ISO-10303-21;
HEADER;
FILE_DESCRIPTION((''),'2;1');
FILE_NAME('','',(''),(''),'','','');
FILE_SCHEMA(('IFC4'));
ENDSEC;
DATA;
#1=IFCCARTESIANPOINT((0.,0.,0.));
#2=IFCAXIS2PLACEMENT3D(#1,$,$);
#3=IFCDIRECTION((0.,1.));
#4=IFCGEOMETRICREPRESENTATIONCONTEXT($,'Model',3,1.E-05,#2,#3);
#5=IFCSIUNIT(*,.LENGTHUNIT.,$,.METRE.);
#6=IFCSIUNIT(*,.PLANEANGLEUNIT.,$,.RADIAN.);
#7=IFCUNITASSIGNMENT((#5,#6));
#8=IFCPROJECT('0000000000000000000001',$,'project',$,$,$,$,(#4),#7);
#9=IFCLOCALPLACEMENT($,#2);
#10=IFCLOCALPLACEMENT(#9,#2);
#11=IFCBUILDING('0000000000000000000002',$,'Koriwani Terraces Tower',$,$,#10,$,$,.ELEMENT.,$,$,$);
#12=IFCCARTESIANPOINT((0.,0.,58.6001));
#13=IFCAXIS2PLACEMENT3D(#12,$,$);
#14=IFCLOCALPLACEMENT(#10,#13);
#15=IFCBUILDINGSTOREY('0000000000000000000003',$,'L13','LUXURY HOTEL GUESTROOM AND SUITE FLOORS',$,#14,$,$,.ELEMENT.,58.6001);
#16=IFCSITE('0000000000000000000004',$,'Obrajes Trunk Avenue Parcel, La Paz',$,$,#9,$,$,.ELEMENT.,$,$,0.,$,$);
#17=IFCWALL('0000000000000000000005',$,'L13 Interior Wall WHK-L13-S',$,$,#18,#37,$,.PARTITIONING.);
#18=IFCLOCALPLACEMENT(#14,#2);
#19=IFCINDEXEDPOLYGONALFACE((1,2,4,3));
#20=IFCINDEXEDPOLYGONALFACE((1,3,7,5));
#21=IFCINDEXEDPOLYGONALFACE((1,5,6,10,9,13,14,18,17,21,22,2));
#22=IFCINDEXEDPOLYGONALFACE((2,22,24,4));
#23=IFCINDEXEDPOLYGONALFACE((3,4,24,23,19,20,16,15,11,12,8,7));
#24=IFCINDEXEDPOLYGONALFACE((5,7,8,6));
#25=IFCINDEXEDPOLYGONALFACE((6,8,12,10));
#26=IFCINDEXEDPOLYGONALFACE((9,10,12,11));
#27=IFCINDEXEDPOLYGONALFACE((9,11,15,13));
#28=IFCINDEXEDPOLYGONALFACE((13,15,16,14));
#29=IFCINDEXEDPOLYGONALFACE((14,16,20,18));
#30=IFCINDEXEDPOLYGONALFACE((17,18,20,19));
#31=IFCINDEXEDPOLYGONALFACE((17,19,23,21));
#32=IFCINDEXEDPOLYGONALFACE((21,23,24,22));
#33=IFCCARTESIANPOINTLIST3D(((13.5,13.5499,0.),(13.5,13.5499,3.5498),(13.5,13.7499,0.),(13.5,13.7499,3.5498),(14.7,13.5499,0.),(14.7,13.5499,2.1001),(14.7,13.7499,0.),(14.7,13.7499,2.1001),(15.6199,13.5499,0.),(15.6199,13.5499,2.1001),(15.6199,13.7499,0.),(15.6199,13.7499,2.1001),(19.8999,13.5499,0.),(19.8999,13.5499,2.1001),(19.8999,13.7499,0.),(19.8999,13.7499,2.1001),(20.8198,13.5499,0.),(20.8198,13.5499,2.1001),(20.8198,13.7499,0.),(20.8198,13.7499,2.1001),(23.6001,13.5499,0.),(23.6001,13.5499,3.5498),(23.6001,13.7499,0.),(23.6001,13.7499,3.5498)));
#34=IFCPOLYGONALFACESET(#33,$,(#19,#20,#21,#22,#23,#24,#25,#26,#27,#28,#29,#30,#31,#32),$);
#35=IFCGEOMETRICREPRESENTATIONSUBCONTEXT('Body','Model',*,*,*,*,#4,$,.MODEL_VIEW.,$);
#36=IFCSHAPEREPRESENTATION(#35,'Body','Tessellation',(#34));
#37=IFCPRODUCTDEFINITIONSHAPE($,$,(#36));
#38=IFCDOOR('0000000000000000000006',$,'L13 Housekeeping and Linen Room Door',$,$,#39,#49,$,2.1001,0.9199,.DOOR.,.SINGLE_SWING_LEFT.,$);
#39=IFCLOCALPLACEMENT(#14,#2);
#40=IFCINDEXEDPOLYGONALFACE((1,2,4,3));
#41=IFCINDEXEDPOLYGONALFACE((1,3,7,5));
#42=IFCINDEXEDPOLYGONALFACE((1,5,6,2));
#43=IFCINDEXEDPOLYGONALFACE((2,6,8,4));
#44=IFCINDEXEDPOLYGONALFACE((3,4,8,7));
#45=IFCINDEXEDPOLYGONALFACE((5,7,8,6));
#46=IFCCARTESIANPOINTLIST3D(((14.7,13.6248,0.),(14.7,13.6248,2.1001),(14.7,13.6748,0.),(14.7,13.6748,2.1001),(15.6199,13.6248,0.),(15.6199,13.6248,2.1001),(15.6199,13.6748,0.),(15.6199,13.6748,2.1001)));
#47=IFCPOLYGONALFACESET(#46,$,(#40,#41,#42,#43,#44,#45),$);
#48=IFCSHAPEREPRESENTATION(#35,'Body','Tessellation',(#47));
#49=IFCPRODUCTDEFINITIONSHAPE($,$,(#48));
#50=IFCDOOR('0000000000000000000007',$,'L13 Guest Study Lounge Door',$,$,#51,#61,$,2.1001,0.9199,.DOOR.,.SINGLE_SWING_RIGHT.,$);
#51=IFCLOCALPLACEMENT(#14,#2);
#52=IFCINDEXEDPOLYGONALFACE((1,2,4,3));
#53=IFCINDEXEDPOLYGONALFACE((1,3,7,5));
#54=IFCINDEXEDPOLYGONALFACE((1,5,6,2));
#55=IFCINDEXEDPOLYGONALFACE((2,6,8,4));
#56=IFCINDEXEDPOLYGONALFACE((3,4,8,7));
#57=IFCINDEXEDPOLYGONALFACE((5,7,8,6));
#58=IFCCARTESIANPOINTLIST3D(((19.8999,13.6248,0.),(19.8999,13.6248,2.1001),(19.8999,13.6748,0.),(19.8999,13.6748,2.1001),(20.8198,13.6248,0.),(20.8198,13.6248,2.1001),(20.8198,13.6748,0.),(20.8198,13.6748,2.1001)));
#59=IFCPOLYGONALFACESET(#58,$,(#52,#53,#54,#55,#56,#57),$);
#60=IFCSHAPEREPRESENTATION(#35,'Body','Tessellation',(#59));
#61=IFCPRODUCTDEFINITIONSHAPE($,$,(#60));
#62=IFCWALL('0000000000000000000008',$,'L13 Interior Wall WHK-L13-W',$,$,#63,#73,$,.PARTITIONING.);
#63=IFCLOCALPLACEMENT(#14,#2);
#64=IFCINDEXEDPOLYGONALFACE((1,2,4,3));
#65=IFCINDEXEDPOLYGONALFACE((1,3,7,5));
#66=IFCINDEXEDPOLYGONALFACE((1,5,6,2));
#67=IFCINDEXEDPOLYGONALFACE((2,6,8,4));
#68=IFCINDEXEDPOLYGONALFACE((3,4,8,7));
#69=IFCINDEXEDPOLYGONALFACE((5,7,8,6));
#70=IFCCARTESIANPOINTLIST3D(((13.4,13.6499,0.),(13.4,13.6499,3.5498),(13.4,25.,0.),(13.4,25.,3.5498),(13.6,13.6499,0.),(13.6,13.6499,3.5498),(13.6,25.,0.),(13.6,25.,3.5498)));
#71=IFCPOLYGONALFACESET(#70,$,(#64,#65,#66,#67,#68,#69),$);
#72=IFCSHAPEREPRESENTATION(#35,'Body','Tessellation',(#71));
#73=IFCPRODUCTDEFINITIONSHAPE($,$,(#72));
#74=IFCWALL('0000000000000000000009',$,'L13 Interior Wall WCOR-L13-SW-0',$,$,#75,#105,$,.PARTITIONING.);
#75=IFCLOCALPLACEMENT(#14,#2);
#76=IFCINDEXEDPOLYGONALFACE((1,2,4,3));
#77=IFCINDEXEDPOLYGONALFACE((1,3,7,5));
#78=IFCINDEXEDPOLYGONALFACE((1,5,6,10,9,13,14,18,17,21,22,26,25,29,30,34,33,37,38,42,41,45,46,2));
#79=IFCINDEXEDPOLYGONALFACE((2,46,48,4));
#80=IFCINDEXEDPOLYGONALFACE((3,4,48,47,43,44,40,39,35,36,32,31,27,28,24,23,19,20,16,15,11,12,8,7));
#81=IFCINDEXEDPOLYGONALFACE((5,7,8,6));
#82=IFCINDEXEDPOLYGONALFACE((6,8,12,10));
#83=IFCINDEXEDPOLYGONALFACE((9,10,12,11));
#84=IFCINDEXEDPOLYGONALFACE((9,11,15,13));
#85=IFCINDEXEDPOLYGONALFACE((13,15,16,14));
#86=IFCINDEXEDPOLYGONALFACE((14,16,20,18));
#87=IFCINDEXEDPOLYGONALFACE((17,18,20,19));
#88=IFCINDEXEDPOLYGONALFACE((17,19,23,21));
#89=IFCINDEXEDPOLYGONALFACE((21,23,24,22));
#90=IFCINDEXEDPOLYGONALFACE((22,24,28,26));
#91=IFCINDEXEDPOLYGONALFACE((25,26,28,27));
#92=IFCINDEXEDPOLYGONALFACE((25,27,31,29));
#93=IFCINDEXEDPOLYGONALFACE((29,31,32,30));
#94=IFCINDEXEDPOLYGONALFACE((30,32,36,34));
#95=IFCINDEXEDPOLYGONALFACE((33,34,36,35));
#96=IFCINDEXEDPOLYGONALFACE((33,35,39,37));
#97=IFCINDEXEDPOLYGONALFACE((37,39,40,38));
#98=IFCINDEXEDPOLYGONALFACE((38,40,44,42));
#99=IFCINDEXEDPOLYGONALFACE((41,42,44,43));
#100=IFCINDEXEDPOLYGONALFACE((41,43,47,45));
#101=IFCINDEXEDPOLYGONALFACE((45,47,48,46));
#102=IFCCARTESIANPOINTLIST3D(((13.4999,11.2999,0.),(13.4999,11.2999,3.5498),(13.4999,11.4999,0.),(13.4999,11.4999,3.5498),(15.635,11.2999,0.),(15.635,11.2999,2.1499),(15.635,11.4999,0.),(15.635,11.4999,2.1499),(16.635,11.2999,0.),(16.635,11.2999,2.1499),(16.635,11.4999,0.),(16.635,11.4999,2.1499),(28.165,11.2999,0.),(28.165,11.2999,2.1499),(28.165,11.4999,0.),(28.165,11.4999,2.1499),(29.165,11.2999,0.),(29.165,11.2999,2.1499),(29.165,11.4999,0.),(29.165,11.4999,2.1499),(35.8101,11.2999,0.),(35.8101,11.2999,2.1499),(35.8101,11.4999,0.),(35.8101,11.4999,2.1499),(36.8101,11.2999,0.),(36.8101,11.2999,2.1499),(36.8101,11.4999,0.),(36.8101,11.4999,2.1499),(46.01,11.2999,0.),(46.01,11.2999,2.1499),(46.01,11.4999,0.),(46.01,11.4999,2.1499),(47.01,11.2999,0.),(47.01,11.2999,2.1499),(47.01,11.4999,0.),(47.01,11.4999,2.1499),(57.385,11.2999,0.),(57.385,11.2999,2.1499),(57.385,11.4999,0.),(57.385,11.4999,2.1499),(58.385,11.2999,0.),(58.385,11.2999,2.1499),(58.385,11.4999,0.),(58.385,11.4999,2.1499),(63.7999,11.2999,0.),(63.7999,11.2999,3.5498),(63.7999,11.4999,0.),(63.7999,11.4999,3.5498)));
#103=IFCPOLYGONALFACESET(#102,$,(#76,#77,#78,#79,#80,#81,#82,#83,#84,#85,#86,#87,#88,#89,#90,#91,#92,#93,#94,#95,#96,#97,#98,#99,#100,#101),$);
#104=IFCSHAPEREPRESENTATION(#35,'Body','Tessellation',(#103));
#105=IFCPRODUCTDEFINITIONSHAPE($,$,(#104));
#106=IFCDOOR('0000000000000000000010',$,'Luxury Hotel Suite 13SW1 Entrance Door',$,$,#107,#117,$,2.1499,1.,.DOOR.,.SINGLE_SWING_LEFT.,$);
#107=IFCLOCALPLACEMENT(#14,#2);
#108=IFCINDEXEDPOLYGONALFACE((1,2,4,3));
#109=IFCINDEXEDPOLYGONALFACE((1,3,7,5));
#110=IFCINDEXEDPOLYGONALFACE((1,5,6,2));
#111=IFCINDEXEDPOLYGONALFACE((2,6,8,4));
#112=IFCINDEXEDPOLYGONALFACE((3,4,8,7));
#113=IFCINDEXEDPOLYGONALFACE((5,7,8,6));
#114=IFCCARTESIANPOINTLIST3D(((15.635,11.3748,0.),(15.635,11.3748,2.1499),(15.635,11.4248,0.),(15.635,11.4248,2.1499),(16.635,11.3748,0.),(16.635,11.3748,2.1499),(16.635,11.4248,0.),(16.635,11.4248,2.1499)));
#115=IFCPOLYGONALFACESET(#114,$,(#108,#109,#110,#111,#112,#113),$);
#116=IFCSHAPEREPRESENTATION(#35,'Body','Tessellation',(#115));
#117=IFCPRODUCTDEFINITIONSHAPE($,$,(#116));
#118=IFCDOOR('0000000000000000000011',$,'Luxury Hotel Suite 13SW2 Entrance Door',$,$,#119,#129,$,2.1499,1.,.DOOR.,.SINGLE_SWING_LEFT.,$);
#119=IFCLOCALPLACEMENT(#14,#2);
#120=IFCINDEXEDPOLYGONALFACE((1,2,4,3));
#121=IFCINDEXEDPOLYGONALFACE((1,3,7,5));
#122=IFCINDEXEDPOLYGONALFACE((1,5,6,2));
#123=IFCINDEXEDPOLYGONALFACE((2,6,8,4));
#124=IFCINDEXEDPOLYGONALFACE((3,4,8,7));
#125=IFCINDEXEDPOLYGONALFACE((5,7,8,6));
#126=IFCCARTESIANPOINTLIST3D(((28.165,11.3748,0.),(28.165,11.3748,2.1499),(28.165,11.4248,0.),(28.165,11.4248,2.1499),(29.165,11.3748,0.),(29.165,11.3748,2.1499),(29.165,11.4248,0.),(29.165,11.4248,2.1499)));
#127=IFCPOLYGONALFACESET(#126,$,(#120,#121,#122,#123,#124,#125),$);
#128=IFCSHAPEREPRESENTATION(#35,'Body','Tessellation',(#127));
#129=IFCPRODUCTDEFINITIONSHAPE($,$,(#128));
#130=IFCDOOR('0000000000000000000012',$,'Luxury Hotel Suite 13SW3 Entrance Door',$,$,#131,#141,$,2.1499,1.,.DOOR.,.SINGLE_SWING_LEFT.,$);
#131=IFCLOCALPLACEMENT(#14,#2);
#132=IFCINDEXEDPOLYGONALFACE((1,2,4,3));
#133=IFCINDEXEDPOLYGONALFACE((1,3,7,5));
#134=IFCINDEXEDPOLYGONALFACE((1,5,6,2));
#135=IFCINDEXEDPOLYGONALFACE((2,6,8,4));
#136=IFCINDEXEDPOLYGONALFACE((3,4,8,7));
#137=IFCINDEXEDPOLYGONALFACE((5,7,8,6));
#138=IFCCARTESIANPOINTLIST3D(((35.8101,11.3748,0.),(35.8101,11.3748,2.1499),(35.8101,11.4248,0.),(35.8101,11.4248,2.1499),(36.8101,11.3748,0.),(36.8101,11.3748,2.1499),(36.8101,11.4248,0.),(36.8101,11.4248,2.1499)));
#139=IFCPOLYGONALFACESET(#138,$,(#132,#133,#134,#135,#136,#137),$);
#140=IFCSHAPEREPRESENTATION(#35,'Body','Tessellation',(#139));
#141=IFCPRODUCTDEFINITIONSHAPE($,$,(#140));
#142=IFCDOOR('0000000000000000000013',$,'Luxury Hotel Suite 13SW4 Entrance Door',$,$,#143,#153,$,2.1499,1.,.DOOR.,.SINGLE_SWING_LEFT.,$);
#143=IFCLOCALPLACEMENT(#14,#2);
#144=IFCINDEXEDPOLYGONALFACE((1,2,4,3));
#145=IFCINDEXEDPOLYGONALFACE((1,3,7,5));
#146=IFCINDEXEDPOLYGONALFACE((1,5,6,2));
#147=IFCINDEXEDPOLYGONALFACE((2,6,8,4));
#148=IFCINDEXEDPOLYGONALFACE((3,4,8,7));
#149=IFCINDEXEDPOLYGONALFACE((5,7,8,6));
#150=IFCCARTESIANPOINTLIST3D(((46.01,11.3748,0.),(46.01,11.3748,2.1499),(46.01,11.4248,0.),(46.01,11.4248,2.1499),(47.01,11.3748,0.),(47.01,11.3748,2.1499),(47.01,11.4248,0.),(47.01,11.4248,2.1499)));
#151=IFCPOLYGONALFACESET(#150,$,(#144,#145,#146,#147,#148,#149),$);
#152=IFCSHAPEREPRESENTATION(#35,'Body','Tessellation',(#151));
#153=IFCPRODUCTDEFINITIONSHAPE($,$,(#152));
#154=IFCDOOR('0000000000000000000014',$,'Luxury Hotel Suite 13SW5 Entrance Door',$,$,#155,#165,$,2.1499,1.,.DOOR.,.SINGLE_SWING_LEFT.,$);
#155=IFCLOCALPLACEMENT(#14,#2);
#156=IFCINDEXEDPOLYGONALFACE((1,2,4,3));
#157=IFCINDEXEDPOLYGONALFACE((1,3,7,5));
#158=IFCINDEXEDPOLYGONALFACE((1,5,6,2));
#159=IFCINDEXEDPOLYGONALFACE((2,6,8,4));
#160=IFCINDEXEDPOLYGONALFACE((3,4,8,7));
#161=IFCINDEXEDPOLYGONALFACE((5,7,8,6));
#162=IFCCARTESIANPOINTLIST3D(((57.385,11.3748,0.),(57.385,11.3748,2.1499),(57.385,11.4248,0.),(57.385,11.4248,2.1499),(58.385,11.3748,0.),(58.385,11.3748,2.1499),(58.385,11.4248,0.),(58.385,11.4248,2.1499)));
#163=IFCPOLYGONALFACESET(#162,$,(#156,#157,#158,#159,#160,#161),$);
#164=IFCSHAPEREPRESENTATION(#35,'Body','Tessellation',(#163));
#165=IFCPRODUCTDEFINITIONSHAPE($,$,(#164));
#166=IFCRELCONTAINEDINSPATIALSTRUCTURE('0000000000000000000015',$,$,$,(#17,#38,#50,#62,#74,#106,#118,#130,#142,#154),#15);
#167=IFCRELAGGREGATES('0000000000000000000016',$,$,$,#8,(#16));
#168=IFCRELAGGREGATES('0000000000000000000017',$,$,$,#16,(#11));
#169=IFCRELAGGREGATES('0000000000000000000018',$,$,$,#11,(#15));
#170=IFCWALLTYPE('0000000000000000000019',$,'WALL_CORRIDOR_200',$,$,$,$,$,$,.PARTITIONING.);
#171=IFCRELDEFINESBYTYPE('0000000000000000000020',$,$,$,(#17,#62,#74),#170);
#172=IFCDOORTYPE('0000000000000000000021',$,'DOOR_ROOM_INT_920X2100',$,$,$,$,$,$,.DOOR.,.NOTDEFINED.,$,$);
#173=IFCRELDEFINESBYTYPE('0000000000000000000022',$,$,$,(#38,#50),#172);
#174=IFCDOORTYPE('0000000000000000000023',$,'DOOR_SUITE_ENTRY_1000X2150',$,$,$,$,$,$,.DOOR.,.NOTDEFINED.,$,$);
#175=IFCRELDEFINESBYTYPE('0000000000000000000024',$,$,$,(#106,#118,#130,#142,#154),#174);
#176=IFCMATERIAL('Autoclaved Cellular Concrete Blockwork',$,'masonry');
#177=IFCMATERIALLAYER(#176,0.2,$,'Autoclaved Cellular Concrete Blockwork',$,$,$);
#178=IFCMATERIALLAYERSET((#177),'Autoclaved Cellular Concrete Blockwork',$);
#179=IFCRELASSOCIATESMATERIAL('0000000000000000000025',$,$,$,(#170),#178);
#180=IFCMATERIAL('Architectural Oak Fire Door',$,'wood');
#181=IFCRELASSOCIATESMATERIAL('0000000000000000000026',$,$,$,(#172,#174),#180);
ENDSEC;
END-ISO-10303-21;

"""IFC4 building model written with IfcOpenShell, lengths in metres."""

from ifc_helpers import new_model, si_unit, direction, frame, frame_2d, origin, place, context, subcontext, project, spatial, rectangle, extrude, material, layer, layer_set, type_object, element, fill, save


model = new_model("IFC4")

# Units and contexts
model_context = context("Model", 3, precision=1e-05, world=origin(), true_north=direction((0.0, 1.0)))
body_context = subcontext(model_context, "Body", "Model", "MODEL_VIEW")
ifc_project = project(units=[si_unit("LENGTHUNIT", "METRE"), si_unit("PLANEANGLEUNIT", "RADIAN")], contexts=[model_context])

# Site, building, storey
site_placement = place(None, origin())
site = spatial("IfcSite", under=ifc_project, at=site_placement, Name="Obrajes Trunk Avenue Parcel, La Paz", CompositionType="ELEMENT", RefElevation=0.0)
building_placement = place(site_placement, origin())
building = spatial("IfcBuilding", under=site, at=building_placement, Name="Koriwani Terraces Tower", CompositionType="ELEMENT")
storey_placement = place(building_placement, frame((0.0, 0.0, 58.6001)))
storey = spatial("IfcBuildingStorey", under=building, at=storey_placement, Name="L13", Description="LUXURY HOTEL GUESTROOM AND SUITE FLOORS", CompositionType="ELEMENT", Elevation=58.6001)

# Wall, openings, doors
ifc_material_1 = material(Name="Autoclaved Cellular Concrete Blockwork", Category="masonry")
ifc_layer = layer(ifc_material_1, 0.2, Name="Autoclaved Cellular Concrete Blockwork")
ifc_layer_set = layer_set([ifc_layer], Name="Autoclaved Cellular Concrete Blockwork")
wall_type = type_object("IfcWallType", Name="WALL_CORRIDOR_200", PredefinedType="PARTITIONING", material=ifc_layer_set)
wall_1_placement = place(storey_placement, frame((13.5, 13.6499, 0.0), z_axis=(0.0, 0.0, 1.0), x_axis=(1.0, 0.0, 0.0)))
wall_1 = element("IfcWall", 1, at=wall_1_placement, inside=storey, type_object=wall_type, Name="L13 Interior Wall WHK-L13-S", PredefinedType="PARTITIONING", context=body_context, shape_type="SweptSolid", body=[
    extrude(rectangle(XDim=10.1001, YDim=0.2, at=frame_2d((5.05, 0.0))), origin(), (0.0, 0.0, 1.0), 3.5498),
])
opening_1_placement = place(wall_1_placement, frame((1.2, 0.0, 0.0)))
opening_1 = element("IfcOpeningElement", 2, at=opening_1_placement, cuts=wall_1, PredefinedType="OPENING", context=body_context, shape_type="SweptSolid", body=[
    extrude(rectangle(XDim=0.9199, YDim=2.1001, at=frame_2d((0.46, 1.05))), frame((0.0, 0.1099, 0.0), z_axis=(0.0, -1.0, 0.0), x_axis=(1.0, 0.0, 0.0)), (0.0, 0.0, 1.0), 0.22),
])
opening_2_placement = place(wall_1_placement, frame((6.3999, 0.0, 0.0)))
opening_2 = element("IfcOpeningElement", 3, at=opening_2_placement, cuts=wall_1, PredefinedType="OPENING", context=body_context, shape_type="SweptSolid", body=[
    extrude(rectangle(XDim=0.9199, YDim=2.1001, at=frame_2d((0.46, 1.05))), frame((0.0, 0.1099, 0.0), z_axis=(0.0, -1.0, 0.0), x_axis=(1.0, 0.0, 0.0)), (0.0, 0.0, 1.0), 0.22),
])
ifc_material_2 = material(Name="Architectural Oak Fire Door", Category="wood")
door_type_1 = type_object("IfcDoorType", Name="DOOR_ROOM_INT_920X2100", OperationType="NOTDEFINED", PredefinedType="DOOR", material=ifc_material_2)
door_1_placement = place(opening_1_placement, origin())
door_1 = element("IfcDoor", 4, at=door_1_placement, inside=storey, type_object=door_type_1, Name="L13 Housekeeping and Linen Room Door", OperationType="SINGLE_SWING_LEFT", OverallHeight=2.1001, OverallWidth=0.9199, PredefinedType="DOOR", context=body_context, shape_type="SweptSolid", body=[
    extrude(rectangle(XDim=0.9199, YDim=2.1001, at=frame_2d((0.46, 1.05))), frame((0.0, 0.0249, 0.0), z_axis=(0.0, -1.0, 0.0), x_axis=(1.0, 0.0, 0.0)), (0.0, 0.0, 1.0), 0.05),
])
fill(opening_1, door_1)
door_2_placement = place(opening_2_placement, origin())
door_2 = element("IfcDoor", 5, at=door_2_placement, inside=storey, type_object=door_type_1, Name="L13 Guest Study Lounge Door", OperationType="SINGLE_SWING_RIGHT", OverallHeight=2.1001, OverallWidth=0.9199, PredefinedType="DOOR", context=body_context, shape_type="SweptSolid", body=[
    extrude(rectangle(XDim=0.9199, YDim=2.1001, at=frame_2d((0.46, 1.05))), frame((0.0, 0.0249, 0.0), z_axis=(0.0, -1.0, 0.0), x_axis=(1.0, 0.0, 0.0)), (0.0, 0.0, 1.0), 0.05),
])
fill(opening_2, door_2)

# Wall
wall_2_placement = place(storey_placement, frame((13.5, 13.6499, 0.0), z_axis=(0.0, 0.0, 1.0), x_axis=(0.0, 1.0, 0.0)))
element("IfcWall", 6, at=wall_2_placement, inside=storey, type_object=wall_type, Name="L13 Interior Wall WHK-L13-W", PredefinedType="PARTITIONING", context=body_context, shape_type="SweptSolid", body=[
    extrude(rectangle(XDim=11.3501, YDim=0.2, at=frame_2d((5.675, 0.0))), origin(), (0.0, 0.0, 1.0), 3.5498),
])

# Wall, openings, doors
wall_3_placement = place(storey_placement, frame((13.5, 11.3999, 0.0), z_axis=(0.0, 0.0, 1.0), x_axis=(1.0, 0.0, 0.0)))
wall_3 = element("IfcWall", 7, at=wall_3_placement, inside=storey, type_object=wall_type, Name="L13 Interior Wall WCOR-L13-SW-0", PredefinedType="PARTITIONING", context=body_context, shape_type="SweptSolid", body=[
    extrude(rectangle(XDim=50.3, YDim=0.2, at=frame_2d((25.1499, 0.0))), origin(), (0.0, 0.0, 1.0), 3.5498),
])
opening_3_placement = place(wall_3_placement, frame((2.135, 0.0, 0.0)))
opening_3 = element("IfcOpeningElement", 8, at=opening_3_placement, cuts=wall_3, PredefinedType="OPENING", context=body_context, shape_type="SweptSolid", body=[
    extrude(rectangle(XDim=1.0, YDim=2.1499, at=frame_2d((0.5, 1.075))), frame((0.0, 0.1099, 0.0), z_axis=(0.0, -1.0, 0.0), x_axis=(1.0, 0.0, 0.0)), (0.0, 0.0, 1.0), 0.22),
])
opening_4_placement = place(wall_3_placement, frame((14.665, 0.0, 0.0)))
opening_4 = element("IfcOpeningElement", 9, at=opening_4_placement, cuts=wall_3, PredefinedType="OPENING", context=body_context, shape_type="SweptSolid", body=[
    extrude(rectangle(XDim=1.0, YDim=2.1499, at=frame_2d((0.5, 1.075))), frame((0.0, 0.1099, 0.0), z_axis=(0.0, -1.0, 0.0), x_axis=(1.0, 0.0, 0.0)), (0.0, 0.0, 1.0), 0.22),
])
opening_5_placement = place(wall_3_placement, frame((22.3101, 0.0, 0.0)))
opening_5 = element("IfcOpeningElement", 10, at=opening_5_placement, cuts=wall_3, PredefinedType="OPENING", context=body_context, shape_type="SweptSolid", body=[
    extrude(rectangle(XDim=1.0, YDim=2.1499, at=frame_2d((0.5, 1.075))), frame((0.0, 0.1099, 0.0), z_axis=(0.0, -1.0, 0.0), x_axis=(1.0, 0.0, 0.0)), (0.0, 0.0, 1.0), 0.22),
])
opening_6_placement = place(wall_3_placement, frame((32.51, 0.0, 0.0)))
opening_6 = element("IfcOpeningElement", 11, at=opening_6_placement, cuts=wall_3, PredefinedType="OPENING", context=body_context, shape_type="SweptSolid", body=[
    extrude(rectangle(XDim=1.0, YDim=2.1499, at=frame_2d((0.5, 1.075))), frame((0.0, 0.1099, 0.0), z_axis=(0.0, -1.0, 0.0), x_axis=(1.0, 0.0, 0.0)), (0.0, 0.0, 1.0), 0.22),
])
opening_7_placement = place(wall_3_placement, frame((43.885, 0.0, 0.0)))
opening_7 = element("IfcOpeningElement", 12, at=opening_7_placement, cuts=wall_3, PredefinedType="OPENING", context=body_context, shape_type="SweptSolid", body=[
    extrude(rectangle(XDim=1.0, YDim=2.1499, at=frame_2d((0.5, 1.075))), frame((0.0, 0.1099, 0.0), z_axis=(0.0, -1.0, 0.0), x_axis=(1.0, 0.0, 0.0)), (0.0, 0.0, 1.0), 0.22),
])
door_type_2 = type_object("IfcDoorType", Name="DOOR_SUITE_ENTRY_1000X2150", OperationType="NOTDEFINED", PredefinedType="DOOR", material=ifc_material_2)
door_3_placement = place(opening_3_placement, origin())
door_3 = element("IfcDoor", 13, at=door_3_placement, inside=storey, type_object=door_type_2, Name="Luxury Hotel Suite 13SW1 Entrance Door", OperationType="SINGLE_SWING_LEFT", OverallHeight=2.1499, OverallWidth=1.0, PredefinedType="DOOR", context=body_context, shape_type="SweptSolid", body=[
    extrude(rectangle(XDim=1.0, YDim=2.1499, at=frame_2d((0.5, 1.075))), frame((0.0, 0.0249, 0.0), z_axis=(0.0, -1.0, 0.0), x_axis=(1.0, 0.0, 0.0)), (0.0, 0.0, 1.0), 0.05),
])
fill(opening_3, door_3)
door_4_placement = place(opening_4_placement, origin())
door_4 = element("IfcDoor", 14, at=door_4_placement, inside=storey, type_object=door_type_2, Name="Luxury Hotel Suite 13SW2 Entrance Door", OperationType="SINGLE_SWING_LEFT", OverallHeight=2.1499, OverallWidth=1.0, PredefinedType="DOOR", context=body_context, shape_type="SweptSolid", body=[
    extrude(rectangle(XDim=1.0, YDim=2.1499, at=frame_2d((0.5, 1.075))), frame((0.0, 0.0249, 0.0), z_axis=(0.0, -1.0, 0.0), x_axis=(1.0, 0.0, 0.0)), (0.0, 0.0, 1.0), 0.05),
])
fill(opening_4, door_4)
door_5_placement = place(opening_5_placement, origin())
door_5 = element("IfcDoor", 15, at=door_5_placement, inside=storey, type_object=door_type_2, Name="Luxury Hotel Suite 13SW3 Entrance Door", OperationType="SINGLE_SWING_LEFT", OverallHeight=2.1499, OverallWidth=1.0, PredefinedType="DOOR", context=body_context, shape_type="SweptSolid", body=[
    extrude(rectangle(XDim=1.0, YDim=2.1499, at=frame_2d((0.5, 1.075))), frame((0.0, 0.0249, 0.0), z_axis=(0.0, -1.0, 0.0), x_axis=(1.0, 0.0, 0.0)), (0.0, 0.0, 1.0), 0.05),
])
fill(opening_5, door_5)
door_6_placement = place(opening_6_placement, origin())
door_6 = element("IfcDoor", 16, at=door_6_placement, inside=storey, type_object=door_type_2, Name="Luxury Hotel Suite 13SW4 Entrance Door", OperationType="SINGLE_SWING_LEFT", OverallHeight=2.1499, OverallWidth=1.0, PredefinedType="DOOR", context=body_context, shape_type="SweptSolid", body=[
    extrude(rectangle(XDim=1.0, YDim=2.1499, at=frame_2d((0.5, 1.075))), frame((0.0, 0.0249, 0.0), z_axis=(0.0, -1.0, 0.0), x_axis=(1.0, 0.0, 0.0)), (0.0, 0.0, 1.0), 0.05),
])
fill(opening_6, door_6)
door_7_placement = place(opening_7_placement, origin())
door_7 = element("IfcDoor", 17, at=door_7_placement, inside=storey, type_object=door_type_2, Name="Luxury Hotel Suite 13SW5 Entrance Door", OperationType="SINGLE_SWING_LEFT", OverallHeight=2.1499, OverallWidth=1.0, PredefinedType="DOOR", context=body_context, shape_type="SweptSolid", body=[
    extrude(rectangle(XDim=1.0, YDim=2.1499, at=frame_2d((0.5, 1.075))), frame((0.0, 0.0249, 0.0), z_axis=(0.0, -1.0, 0.0), x_axis=(1.0, 0.0, 0.0)), (0.0, 0.0, 1.0), 0.05),
])
fill(opening_7, door_7)

save(model, "model.ifc")
